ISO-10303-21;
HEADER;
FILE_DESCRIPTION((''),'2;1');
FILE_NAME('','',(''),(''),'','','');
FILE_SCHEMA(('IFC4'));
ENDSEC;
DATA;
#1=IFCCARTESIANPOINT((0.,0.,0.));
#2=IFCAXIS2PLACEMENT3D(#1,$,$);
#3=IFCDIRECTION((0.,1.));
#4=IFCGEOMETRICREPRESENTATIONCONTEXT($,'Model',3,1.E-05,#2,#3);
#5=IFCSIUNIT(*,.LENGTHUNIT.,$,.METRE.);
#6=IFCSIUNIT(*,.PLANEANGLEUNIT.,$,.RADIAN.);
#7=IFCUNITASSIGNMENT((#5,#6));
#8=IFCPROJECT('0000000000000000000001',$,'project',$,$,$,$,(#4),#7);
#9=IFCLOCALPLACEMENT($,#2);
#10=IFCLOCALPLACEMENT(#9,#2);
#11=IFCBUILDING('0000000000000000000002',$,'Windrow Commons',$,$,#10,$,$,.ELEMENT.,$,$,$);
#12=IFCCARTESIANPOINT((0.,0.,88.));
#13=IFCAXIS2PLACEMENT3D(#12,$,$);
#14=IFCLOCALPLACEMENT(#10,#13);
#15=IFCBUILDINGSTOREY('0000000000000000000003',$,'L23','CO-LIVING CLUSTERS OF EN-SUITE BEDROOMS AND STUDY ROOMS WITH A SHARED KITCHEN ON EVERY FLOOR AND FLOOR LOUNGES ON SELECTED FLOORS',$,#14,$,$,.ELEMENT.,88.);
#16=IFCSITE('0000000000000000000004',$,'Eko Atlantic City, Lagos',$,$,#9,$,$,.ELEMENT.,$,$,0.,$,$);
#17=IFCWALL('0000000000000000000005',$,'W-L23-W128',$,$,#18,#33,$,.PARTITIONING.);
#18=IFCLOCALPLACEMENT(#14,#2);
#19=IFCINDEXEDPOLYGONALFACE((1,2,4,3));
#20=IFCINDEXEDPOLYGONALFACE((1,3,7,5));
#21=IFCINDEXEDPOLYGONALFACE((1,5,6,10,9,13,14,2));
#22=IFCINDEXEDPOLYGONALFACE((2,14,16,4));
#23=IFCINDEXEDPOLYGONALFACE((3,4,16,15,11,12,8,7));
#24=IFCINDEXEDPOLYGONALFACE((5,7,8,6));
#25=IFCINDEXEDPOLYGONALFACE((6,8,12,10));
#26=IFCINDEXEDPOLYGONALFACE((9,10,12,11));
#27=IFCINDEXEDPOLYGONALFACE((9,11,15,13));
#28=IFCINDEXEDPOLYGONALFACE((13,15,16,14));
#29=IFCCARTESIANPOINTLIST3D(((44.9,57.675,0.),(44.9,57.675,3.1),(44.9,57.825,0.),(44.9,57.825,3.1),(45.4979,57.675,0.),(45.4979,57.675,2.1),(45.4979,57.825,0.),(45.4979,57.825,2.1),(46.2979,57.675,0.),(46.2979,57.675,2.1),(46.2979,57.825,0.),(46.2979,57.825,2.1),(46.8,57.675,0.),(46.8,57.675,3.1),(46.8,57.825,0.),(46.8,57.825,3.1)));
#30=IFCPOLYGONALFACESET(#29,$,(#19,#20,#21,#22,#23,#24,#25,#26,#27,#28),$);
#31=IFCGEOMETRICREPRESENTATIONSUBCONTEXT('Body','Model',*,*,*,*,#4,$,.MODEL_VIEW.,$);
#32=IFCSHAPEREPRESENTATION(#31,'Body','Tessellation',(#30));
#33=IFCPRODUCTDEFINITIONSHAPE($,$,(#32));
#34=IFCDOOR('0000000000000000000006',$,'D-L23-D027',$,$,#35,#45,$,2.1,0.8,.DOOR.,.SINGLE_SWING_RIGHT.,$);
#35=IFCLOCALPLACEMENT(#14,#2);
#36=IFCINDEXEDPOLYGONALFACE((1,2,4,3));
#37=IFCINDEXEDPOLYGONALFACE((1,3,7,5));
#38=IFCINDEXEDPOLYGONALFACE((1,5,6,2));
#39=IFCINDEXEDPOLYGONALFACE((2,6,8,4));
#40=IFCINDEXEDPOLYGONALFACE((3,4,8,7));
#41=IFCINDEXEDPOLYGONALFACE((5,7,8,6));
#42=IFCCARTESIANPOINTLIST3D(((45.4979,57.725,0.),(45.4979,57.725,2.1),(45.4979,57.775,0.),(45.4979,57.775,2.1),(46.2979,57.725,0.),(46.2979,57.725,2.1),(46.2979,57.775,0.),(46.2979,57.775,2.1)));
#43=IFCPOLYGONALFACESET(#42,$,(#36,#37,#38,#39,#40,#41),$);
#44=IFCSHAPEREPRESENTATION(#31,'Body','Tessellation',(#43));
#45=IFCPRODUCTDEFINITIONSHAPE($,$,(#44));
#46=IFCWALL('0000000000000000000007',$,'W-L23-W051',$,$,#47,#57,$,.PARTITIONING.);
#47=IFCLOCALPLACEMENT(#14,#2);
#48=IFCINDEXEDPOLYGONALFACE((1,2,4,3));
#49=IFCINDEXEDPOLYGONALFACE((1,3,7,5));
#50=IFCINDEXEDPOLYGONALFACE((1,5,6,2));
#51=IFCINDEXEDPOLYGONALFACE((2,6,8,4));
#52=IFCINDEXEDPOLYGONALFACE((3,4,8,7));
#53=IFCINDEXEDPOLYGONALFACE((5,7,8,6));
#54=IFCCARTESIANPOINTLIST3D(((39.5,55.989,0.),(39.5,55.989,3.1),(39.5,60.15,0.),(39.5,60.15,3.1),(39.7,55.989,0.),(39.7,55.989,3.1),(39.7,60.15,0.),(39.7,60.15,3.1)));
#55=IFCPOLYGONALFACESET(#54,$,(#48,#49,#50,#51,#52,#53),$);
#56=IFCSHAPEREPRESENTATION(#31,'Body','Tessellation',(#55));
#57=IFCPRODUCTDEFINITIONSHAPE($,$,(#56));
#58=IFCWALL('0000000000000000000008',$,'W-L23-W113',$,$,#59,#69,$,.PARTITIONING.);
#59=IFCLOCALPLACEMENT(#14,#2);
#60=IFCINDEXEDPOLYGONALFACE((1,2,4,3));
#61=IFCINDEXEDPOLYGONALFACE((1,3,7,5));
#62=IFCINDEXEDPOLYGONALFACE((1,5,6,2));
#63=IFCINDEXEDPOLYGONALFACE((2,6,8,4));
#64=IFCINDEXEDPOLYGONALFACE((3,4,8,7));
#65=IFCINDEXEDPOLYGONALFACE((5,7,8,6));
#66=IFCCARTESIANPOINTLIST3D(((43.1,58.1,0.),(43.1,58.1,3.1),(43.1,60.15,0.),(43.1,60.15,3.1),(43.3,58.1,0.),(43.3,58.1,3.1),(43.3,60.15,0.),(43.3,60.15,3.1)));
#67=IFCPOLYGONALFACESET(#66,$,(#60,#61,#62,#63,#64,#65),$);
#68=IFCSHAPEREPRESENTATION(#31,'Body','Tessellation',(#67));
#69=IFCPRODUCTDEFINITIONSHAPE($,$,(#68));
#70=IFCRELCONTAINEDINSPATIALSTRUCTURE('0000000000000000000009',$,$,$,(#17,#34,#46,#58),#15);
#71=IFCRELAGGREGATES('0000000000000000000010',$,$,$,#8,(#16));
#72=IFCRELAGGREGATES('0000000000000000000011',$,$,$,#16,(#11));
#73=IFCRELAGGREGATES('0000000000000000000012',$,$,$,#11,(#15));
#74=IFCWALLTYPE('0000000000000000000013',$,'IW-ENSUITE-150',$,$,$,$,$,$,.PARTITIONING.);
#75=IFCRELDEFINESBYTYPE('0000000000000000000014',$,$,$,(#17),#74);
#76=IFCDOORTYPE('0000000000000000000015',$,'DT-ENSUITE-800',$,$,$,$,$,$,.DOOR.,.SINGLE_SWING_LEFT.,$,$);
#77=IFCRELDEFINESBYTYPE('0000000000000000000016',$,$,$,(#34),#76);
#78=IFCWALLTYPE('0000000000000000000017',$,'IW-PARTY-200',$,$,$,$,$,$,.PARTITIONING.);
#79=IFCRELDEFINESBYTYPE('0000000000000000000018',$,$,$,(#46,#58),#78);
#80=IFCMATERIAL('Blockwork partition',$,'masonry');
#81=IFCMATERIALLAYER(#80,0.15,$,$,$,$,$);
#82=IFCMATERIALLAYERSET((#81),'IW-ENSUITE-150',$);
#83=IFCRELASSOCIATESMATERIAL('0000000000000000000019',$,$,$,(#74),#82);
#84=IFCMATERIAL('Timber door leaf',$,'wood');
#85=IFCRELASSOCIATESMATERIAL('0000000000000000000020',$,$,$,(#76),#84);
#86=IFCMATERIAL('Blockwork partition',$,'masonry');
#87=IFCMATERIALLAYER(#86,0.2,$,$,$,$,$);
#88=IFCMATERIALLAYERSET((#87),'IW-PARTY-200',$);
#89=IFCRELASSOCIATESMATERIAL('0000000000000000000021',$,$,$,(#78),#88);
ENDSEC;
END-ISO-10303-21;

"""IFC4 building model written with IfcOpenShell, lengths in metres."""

from ifc_helpers import new_model, si_unit, direction, frame, frame_2d, origin, place, context, subcontext, project, spatial, rectangle, extrude, material, layer, layer_set, type_object, element, fill, save


model = new_model("IFC4")

# Units and contexts
model_context = context("Model", 3, precision=1e-05, world=origin(), true_north=direction((0.0, 1.0)))
body_context = subcontext(model_context, "Body", "Model", "MODEL_VIEW")
ifc_project = project(units=[si_unit("LENGTHUNIT", "METRE"), si_unit("PLANEANGLEUNIT", "RADIAN")], contexts=[model_context])

# Site, building, storey
site_placement = place(None, origin())
site = spatial("IfcSite", under=ifc_project, at=site_placement, Name="Eko Atlantic City, Lagos", CompositionType="ELEMENT", RefElevation=0.0)
building_placement = place(site_placement, origin())
building = spatial("IfcBuilding", under=site, at=building_placement, Name="Windrow Commons", CompositionType="ELEMENT")
storey_placement = place(building_placement, frame((0.0, 0.0, 88.0)))
storey = spatial("IfcBuildingStorey", under=building, at=storey_placement, Name="L23", Description="CO-LIVING CLUSTERS OF EN-SUITE BEDROOMS AND STUDY ROOMS WITH A SHARED KITCHEN ON EVERY FLOOR AND FLOOR LOUNGES ON SELECTED FLOORS", CompositionType="ELEMENT", Elevation=88.0)

# Shared definitions
ifc_material_1 = material(Name="Blockwork partition", Category="masonry")
ifc_layer_1 = layer(ifc_material_1, 0.15)
ifc_layer_set_1 = layer_set([ifc_layer_1], Name="IW-ENSUITE-150")
wall_type_1 = type_object("IfcWallType", Name="IW-ENSUITE-150", PredefinedType="PARTITIONING", material=ifc_layer_set_1)

# Wall, opening, door
wall_1_placement = place(storey_placement, frame((44.9, 57.75, 0.0), z_axis=(0.0, 0.0, 1.0), x_axis=(1.0, 0.0, 0.0)))
wall_1 = element("IfcWall", 1, at=wall_1_placement, inside=storey, type_object=wall_type_1, Name="W-L23-W128", PredefinedType="PARTITIONING", context=body_context, shape_type="SweptSolid", body=[
    extrude(rectangle(XDim=1.9, YDim=0.15, at=frame_2d((0.95, 0.0))), origin(), (0.0, 0.0, 1.0), 3.1),
])
opening_1_placement = place(wall_1_placement, frame((0.5979, 0.0, 0.0)))
opening_1 = element("IfcOpeningElement", 2, at=opening_1_placement, cuts=wall_1, PredefinedType="OPENING", context=body_context, shape_type="SweptSolid", body=[
    extrude(rectangle(XDim=0.8, YDim=2.1, at=frame_2d((0.4, 1.05))), frame((0.0, 0.085, 0.0), z_axis=(0.0, -1.0, 0.0), x_axis=(1.0, 0.0, 0.0)), (0.0, 0.0, 1.0), 0.17),
])
ifc_material_2 = material(Name="Timber door leaf", Category="wood")
door_type = type_object("IfcDoorType", Name="DT-ENSUITE-800", OperationType="SINGLE_SWING_LEFT", PredefinedType="DOOR", material=ifc_material_2)
door_placement = place(opening_1_placement, origin())
door = element("IfcDoor", 3, at=door_placement, inside=storey, type_object=door_type, Name="D-L23-D027", OperationType="SINGLE_SWING_RIGHT", OverallHeight=2.1, OverallWidth=0.8, PredefinedType="DOOR", context=body_context, shape_type="SweptSolid", body=[
    extrude(rectangle(XDim=0.8, YDim=2.1, at=frame_2d((0.4, 1.05))), frame((0.0, 0.025, 0.0), z_axis=(0.0, -1.0, 0.0), x_axis=(1.0, 0.0, 0.0)), (0.0, 0.0, 1.0), 0.05),
])
fill(opening_1, door)

# Walls
ifc_material_3 = material(Name="Blockwork partition", Category="masonry")
ifc_layer_2 = layer(ifc_material_3, 0.2)
ifc_layer_set_2 = layer_set([ifc_layer_2], Name="IW-PARTY-200")
wall_type_2 = type_object("IfcWallType", Name="IW-PARTY-200", PredefinedType="PARTITIONING", material=ifc_layer_set_2)
wall_2_placement = place(storey_placement, frame((39.6, 55.989, 0.0), z_axis=(0.0, 0.0, 1.0), x_axis=(0.0, 1.0, 0.0)))
element("IfcWall", 4, at=wall_2_placement, inside=storey, type_object=wall_type_2, Name="W-L23-W051", PredefinedType="PARTITIONING", context=body_context, shape_type="SweptSolid", body=[
    extrude(rectangle(XDim=4.161, YDim=0.2, at=frame_2d((2.0805, 0.0))), origin(), (0.0, 0.0, 1.0), 3.1),
])
wall_3_placement = place(storey_placement, frame((43.2, 58.1, 0.0), z_axis=(0.0, 0.0, 1.0), x_axis=(0.0, 1.0, 0.0)))
element("IfcWall", 5, at=wall_3_placement, inside=storey, type_object=wall_type_2, Name="W-L23-W113", PredefinedType="PARTITIONING", context=body_context, shape_type="SweptSolid", body=[
    extrude(rectangle(XDim=2.05, YDim=0.2, at=frame_2d((1.025, 0.0))), origin(), (0.0, 0.0, 1.0), 3.1),
])

save(model, "model.ifc")
